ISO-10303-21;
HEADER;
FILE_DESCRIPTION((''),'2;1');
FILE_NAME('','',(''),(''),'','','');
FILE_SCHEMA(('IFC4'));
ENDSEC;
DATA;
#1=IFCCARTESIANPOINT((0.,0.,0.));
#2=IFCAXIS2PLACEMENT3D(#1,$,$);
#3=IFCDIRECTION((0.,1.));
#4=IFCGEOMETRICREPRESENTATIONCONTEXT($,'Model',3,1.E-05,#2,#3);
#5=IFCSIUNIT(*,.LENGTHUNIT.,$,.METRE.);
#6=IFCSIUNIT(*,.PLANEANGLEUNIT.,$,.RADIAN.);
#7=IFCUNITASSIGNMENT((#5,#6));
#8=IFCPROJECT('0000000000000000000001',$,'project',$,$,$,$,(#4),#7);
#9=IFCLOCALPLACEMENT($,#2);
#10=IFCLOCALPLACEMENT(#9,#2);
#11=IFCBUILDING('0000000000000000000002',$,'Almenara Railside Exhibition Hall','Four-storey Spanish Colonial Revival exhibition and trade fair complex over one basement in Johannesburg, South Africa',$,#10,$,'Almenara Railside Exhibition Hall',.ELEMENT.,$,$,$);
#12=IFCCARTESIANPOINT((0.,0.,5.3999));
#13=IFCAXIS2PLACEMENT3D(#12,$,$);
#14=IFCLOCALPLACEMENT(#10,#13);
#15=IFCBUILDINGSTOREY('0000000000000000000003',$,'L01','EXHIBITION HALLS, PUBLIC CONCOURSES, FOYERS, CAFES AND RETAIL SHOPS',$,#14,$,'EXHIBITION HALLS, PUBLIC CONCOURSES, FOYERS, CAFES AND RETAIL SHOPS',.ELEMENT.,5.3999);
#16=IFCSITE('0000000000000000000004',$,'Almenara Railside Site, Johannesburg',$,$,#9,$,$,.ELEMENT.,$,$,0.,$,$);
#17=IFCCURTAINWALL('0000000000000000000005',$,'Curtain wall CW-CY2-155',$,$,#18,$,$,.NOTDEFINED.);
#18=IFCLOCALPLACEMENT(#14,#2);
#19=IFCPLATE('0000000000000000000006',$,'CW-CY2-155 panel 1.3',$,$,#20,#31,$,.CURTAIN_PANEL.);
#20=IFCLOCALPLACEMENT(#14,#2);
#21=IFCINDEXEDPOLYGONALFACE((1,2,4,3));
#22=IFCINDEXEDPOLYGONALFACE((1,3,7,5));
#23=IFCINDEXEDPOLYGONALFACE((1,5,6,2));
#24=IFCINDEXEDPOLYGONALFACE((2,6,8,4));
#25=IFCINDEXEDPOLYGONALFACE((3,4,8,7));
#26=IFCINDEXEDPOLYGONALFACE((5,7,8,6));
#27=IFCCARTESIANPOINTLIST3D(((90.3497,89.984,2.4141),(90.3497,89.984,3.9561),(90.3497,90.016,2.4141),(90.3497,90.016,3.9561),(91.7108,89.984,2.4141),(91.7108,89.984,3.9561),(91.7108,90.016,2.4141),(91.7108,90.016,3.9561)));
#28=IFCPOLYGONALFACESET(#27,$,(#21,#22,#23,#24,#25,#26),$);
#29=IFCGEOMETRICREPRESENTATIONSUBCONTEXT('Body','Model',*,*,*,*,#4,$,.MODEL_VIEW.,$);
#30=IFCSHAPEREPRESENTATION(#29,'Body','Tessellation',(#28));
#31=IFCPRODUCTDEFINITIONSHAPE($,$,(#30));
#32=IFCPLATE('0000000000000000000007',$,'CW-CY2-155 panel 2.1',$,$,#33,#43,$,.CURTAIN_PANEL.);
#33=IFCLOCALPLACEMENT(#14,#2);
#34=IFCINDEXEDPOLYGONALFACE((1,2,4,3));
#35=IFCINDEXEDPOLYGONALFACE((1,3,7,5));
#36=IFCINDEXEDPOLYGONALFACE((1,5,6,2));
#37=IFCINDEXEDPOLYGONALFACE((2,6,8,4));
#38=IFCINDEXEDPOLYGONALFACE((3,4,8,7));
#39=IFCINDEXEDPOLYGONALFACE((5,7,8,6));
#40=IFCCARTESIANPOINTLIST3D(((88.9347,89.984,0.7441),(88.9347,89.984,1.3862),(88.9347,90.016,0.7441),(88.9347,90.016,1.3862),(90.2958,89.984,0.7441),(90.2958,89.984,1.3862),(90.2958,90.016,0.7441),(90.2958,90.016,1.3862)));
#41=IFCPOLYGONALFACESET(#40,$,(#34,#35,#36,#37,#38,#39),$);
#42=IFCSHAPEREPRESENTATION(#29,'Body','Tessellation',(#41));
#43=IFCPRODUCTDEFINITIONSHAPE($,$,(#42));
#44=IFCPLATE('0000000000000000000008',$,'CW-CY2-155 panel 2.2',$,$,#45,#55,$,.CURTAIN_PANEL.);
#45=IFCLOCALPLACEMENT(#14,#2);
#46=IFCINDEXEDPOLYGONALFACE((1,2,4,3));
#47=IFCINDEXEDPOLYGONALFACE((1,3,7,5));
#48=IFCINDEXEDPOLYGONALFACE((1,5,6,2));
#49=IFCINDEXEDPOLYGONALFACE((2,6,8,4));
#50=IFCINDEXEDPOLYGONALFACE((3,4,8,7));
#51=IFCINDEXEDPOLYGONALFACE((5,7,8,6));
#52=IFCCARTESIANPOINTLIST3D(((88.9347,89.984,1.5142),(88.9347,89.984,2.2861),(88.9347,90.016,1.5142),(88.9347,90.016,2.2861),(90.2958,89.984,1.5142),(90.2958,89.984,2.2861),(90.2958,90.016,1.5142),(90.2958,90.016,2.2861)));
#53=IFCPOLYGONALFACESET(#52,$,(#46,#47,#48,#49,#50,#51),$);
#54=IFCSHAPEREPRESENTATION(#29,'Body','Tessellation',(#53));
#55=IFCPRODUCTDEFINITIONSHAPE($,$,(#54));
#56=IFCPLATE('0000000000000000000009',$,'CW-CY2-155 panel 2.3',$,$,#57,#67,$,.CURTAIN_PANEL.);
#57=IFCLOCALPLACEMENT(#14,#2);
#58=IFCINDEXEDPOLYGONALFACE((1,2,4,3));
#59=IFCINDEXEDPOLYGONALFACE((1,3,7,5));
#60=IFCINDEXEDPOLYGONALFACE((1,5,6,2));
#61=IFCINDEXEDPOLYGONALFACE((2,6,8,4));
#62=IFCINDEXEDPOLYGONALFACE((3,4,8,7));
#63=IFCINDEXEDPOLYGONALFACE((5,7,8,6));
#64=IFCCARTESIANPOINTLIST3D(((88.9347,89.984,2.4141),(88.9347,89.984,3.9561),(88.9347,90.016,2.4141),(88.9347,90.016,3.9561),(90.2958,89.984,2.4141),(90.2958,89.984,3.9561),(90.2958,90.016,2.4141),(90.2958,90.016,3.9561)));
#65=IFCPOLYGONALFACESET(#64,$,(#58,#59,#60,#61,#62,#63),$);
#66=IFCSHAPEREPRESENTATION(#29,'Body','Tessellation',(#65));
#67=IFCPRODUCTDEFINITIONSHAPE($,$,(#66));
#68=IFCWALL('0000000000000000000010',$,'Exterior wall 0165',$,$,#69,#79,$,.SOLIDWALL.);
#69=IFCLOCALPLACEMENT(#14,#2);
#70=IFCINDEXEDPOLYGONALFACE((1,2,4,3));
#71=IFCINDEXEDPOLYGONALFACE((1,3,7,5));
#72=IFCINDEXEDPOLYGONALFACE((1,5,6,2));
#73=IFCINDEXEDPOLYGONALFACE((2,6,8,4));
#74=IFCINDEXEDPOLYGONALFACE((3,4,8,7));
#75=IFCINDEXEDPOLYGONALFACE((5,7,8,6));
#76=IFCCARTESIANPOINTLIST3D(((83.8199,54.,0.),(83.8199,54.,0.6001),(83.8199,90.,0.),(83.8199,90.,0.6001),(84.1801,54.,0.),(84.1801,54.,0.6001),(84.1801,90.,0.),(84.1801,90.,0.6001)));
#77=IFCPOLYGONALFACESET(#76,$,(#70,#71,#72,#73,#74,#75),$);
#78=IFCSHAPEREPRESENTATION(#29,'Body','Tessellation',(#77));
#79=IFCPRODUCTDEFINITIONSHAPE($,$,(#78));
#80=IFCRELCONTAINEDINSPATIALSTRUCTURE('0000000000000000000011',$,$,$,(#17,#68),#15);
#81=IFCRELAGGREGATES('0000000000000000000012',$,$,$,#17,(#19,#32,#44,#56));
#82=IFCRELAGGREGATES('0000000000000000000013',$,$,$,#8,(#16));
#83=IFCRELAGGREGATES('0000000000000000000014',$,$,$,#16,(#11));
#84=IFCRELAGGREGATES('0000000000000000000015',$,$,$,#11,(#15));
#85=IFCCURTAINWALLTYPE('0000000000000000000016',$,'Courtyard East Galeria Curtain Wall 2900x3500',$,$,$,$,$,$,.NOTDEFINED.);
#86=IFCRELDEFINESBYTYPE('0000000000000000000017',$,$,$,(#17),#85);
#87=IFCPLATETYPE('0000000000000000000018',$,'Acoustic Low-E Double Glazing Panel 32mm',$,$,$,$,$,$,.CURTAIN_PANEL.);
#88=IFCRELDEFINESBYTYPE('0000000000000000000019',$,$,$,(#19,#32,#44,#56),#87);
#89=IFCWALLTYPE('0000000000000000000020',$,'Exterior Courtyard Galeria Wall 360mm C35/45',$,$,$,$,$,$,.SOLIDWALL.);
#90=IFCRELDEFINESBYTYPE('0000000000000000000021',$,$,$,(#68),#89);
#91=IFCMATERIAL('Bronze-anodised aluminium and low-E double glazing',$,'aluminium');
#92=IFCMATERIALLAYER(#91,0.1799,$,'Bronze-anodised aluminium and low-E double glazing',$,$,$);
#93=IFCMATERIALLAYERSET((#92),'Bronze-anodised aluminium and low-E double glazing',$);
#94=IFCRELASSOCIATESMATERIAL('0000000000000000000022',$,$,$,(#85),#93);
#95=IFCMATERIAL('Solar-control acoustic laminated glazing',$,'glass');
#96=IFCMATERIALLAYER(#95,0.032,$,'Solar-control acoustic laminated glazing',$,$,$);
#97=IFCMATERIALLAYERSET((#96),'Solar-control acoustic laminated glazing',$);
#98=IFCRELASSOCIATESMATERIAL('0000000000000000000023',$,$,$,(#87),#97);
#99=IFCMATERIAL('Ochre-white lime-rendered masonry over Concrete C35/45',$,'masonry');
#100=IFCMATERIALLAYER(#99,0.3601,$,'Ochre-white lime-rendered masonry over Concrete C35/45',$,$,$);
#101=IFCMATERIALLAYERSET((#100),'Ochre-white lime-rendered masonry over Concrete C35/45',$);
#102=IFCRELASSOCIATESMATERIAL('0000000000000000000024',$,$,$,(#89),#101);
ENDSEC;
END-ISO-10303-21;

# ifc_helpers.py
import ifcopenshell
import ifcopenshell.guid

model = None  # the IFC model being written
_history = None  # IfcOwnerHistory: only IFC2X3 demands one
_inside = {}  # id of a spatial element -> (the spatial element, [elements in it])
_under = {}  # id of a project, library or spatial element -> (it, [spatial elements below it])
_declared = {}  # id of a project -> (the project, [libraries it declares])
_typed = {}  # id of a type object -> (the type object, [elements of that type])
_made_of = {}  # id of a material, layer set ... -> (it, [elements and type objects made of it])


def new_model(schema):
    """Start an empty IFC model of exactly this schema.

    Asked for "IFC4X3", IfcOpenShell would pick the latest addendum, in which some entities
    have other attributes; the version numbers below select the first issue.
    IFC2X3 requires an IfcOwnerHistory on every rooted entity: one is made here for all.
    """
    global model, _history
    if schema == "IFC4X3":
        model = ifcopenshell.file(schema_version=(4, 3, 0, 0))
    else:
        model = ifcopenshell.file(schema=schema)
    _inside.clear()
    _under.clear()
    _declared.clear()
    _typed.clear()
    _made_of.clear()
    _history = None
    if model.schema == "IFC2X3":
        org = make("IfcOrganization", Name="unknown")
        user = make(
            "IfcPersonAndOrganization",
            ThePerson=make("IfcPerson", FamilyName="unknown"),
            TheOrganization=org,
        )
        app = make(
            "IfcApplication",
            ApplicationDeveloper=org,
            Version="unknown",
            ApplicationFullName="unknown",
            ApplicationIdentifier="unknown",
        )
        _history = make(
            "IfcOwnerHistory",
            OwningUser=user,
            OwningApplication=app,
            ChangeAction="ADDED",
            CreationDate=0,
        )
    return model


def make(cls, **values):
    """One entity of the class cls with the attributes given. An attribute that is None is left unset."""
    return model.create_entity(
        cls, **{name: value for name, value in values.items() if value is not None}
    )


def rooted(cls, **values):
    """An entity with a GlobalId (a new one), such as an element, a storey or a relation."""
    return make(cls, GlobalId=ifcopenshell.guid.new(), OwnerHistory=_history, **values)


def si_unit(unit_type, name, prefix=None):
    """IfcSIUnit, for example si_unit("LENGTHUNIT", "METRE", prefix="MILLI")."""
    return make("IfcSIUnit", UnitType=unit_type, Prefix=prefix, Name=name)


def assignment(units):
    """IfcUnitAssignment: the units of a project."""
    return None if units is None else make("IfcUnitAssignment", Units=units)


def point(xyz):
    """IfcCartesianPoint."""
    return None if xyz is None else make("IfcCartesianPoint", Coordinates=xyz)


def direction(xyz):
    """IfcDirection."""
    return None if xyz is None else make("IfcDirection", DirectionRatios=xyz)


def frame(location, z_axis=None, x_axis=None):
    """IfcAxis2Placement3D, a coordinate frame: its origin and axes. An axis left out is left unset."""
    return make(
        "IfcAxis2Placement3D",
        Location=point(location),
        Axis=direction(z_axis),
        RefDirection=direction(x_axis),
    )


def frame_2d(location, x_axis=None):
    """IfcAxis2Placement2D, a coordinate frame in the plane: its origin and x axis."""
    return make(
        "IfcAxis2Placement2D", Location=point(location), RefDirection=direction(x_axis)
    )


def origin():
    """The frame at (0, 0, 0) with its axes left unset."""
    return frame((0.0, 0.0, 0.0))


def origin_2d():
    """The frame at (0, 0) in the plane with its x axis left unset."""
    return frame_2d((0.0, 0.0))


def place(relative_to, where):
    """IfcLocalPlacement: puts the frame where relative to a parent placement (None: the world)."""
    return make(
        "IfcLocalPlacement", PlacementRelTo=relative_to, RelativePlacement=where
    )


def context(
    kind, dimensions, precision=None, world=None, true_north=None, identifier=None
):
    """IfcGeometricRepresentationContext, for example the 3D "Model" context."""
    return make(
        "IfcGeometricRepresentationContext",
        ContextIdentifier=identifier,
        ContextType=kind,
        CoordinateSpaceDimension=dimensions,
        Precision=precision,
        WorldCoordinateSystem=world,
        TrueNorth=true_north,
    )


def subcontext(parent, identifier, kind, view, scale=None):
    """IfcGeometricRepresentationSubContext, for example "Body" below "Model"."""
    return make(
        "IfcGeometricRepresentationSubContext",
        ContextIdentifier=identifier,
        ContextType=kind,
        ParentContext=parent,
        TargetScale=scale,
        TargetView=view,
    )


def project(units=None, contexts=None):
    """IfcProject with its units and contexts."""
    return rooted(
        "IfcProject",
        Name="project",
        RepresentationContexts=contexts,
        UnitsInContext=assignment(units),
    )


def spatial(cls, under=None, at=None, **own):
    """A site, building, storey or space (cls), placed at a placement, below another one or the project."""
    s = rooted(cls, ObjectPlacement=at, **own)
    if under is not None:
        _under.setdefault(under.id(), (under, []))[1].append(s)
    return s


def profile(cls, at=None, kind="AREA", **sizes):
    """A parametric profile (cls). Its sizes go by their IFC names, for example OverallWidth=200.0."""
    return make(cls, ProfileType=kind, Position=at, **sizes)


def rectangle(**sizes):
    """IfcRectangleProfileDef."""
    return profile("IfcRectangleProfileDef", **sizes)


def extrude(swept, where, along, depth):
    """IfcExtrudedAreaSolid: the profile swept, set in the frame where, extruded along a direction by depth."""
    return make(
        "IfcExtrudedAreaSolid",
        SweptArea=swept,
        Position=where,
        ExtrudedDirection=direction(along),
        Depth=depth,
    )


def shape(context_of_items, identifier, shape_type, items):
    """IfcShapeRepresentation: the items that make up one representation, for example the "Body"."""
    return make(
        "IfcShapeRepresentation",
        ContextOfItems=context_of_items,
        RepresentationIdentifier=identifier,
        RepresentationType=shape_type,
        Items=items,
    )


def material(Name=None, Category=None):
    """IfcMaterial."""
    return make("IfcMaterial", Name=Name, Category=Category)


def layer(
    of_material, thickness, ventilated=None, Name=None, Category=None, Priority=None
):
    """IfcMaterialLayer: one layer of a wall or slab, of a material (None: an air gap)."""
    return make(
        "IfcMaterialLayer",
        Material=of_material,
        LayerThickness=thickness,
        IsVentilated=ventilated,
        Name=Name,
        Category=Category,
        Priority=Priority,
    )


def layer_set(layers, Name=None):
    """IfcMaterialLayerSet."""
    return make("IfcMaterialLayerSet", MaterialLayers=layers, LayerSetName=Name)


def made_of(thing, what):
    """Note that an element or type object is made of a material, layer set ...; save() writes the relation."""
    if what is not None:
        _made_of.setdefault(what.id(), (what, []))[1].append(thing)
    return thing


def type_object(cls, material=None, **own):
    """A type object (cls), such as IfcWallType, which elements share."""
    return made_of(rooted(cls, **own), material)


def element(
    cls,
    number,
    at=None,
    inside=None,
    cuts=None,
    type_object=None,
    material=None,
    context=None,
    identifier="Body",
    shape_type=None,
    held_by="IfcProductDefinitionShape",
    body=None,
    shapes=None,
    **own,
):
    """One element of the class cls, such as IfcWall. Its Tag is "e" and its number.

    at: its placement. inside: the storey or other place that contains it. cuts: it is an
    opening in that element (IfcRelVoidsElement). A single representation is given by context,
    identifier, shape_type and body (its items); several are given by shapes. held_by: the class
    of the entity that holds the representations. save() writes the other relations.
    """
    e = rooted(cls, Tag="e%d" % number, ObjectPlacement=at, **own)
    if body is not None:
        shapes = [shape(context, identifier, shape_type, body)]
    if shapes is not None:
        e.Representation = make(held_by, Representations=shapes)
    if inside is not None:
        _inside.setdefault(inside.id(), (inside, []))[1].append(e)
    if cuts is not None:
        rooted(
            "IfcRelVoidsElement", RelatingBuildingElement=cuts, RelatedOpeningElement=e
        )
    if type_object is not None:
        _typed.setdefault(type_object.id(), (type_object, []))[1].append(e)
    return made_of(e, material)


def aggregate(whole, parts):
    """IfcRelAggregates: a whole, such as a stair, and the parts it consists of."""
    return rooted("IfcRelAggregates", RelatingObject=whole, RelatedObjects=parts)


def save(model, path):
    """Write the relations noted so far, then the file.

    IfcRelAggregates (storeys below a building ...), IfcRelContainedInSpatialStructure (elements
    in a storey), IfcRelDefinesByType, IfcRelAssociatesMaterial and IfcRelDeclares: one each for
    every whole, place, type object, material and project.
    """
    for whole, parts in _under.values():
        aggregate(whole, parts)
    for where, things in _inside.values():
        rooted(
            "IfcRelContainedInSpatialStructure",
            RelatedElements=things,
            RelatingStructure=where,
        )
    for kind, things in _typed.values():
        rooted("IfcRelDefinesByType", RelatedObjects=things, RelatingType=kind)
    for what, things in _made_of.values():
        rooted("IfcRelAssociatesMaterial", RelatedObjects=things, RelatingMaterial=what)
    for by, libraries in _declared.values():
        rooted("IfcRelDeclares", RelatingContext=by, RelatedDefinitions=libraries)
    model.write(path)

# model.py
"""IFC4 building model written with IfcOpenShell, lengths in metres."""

from ifc_helpers import new_model, si_unit, direction, frame, frame_2d, origin, origin_2d, place, context, subcontext, project, spatial, rectangle, extrude, material, layer, layer_set, type_object, element, aggregate, save


model = new_model("IFC4")

# Units and contexts
model_context = context("Model", 3, precision=1e-05, world=origin(), true_north=direction((0.0, 1.0)))
body_context = subcontext(model_context, "Body", "Model", "MODEL_VIEW")
ifc_project = project(units=[si_unit("LENGTHUNIT", "METRE"), si_unit("PLANEANGLEUNIT", "RADIAN")], contexts=[model_context])

# Site, building, storey
site_placement = place(None, origin())
site = spatial("IfcSite", under=ifc_project, at=site_placement, Name="Almenara Railside Site, Johannesburg", CompositionType="ELEMENT", RefElevation=0.0)
building_placement = place(site_placement, origin())
building = spatial("IfcBuilding", under=site, at=building_placement, Name="Almenara Railside Exhibition Hall", Description="Four-storey Spanish Colonial Revival exhibition and trade fair complex over one basement in Johannesburg, South Africa", LongName="Almenara Railside Exhibition Hall", CompositionType="ELEMENT")
storey_placement = place(building_placement, frame((0.0, 0.0, 5.3999)))
storey = spatial("IfcBuildingStorey", under=building, at=storey_placement, Name="L01", Description="EXHIBITION HALLS, PUBLIC CONCOURSES, FOYERS, CAFES AND RETAIL SHOPS", LongName="EXHIBITION HALLS, PUBLIC CONCOURSES, FOYERS, CAFES AND RETAIL SHOPS", CompositionType="ELEMENT", Elevation=5.3999)

# Shared definitions
ifc_material_1 = material(Name="Bronze-anodised aluminium and low-E double glazing", Category="aluminium")

# Curtain wall
ifc_layer_1 = layer(ifc_material_1, 0.1799, Name="Bronze-anodised aluminium and low-E double glazing")
ifc_layer_set_1 = layer_set([ifc_layer_1], Name="Bronze-anodised aluminium and low-E double glazing")
curtain_wall_type_1 = type_object("IfcCurtainWallType", Name="Courtyard East Galeria Curtain Wall 2900x3500", PredefinedType="NOTDEFINED", material=ifc_layer_set_1)
curtain_wall_1_placement = place(storey_placement, origin())
curtain_wall_1 = element("IfcCurtainWall", 1, at=curtain_wall_1_placement, inside=storey, type_object=curtain_wall_type_1, Name="Curtain wall CW-CY2-155", PredefinedType="NOTDEFINED")

# Plates
ifc_material_2 = material(Name="Solar-control acoustic laminated glazing", Category="glass")
ifc_layer_2 = layer(ifc_material_2, 0.032, Name="Solar-control acoustic laminated glazing")
ifc_layer_set_2 = layer_set([ifc_layer_2], Name="Solar-control acoustic laminated glazing")
plate_type = type_object("IfcPlateType", Name="Acoustic Low-E Double Glazing Panel 32mm", PredefinedType="CURTAIN_PANEL", material=ifc_layer_set_2)
plate_1_placement = place(storey_placement, frame((91.0303, 90.0, 2.4141), z_axis=(0.0, 0.0, 1.0), x_axis=(-1.0, 0.0, 0.0)))
plate_1 = element("IfcPlate", 2, at=plate_1_placement, type_object=plate_type, Name="CW-CY2-155 panel 1.3", PredefinedType="CURTAIN_PANEL", context=body_context, shape_type="SweptSolid", body=[
    extrude(rectangle(XDim=1.3611, YDim=0.032, at=origin_2d()), origin(), (0.0, 0.0, 1.0), 1.542),
])
plate_2_placement = place(storey_placement, frame((89.6152, 90.0, 0.7441), z_axis=(0.0, 0.0, 1.0), x_axis=(-1.0, 0.0, 0.0)))
plate_2 = element("IfcPlate", 3, at=plate_2_placement, type_object=plate_type, Name="CW-CY2-155 panel 2.1", PredefinedType="CURTAIN_PANEL", context=body_context, shape_type="SweptSolid", body=[
    extrude(rectangle(XDim=1.3611, YDim=0.032, at=origin_2d()), origin(), (0.0, 0.0, 1.0), 0.6421),
])
plate_3_placement = place(storey_placement, frame((89.6152, 90.0, 1.5142), z_axis=(0.0, 0.0, 1.0), x_axis=(-1.0, 0.0, 0.0)))
plate_3 = element("IfcPlate", 4, at=plate_3_placement, type_object=plate_type, Name="CW-CY2-155 panel 2.2", PredefinedType="CURTAIN_PANEL", context=body_context, shape_type="SweptSolid", body=[
    extrude(rectangle(XDim=1.3611, YDim=0.032, at=origin_2d()), origin(), (0.0, 0.0, 1.0), 0.772),
])
plate_4_placement = place(storey_placement, frame((89.6152, 90.0, 2.4141), z_axis=(0.0, 0.0, 1.0), x_axis=(-1.0, 0.0, 0.0)))
plate_4 = element("IfcPlate", 5, at=plate_4_placement, type_object=plate_type, Name="CW-CY2-155 panel 2.3", PredefinedType="CURTAIN_PANEL", context=body_context, shape_type="SweptSolid", body=[
    extrude(rectangle(XDim=1.3611, YDim=0.032, at=origin_2d()), origin(), (0.0, 0.0, 1.0), 1.542),
])
aggregate(curtain_wall_1, [plate_1, plate_2, plate_3, plate_4])

# Wall
ifc_material_3 = material(Name="Ochre-white lime-rendered masonry over Concrete C35/45", Category="masonry")
ifc_layer_3 = layer(ifc_material_3, 0.3601, Name="Ochre-white lime-rendered masonry over Concrete C35/45")
ifc_layer_set_3 = layer_set([ifc_layer_3], Name="Ochre-white lime-rendered masonry over Concrete C35/45")
wall_type = type_object("IfcWallType", Name="Exterior Courtyard Galeria Wall 360mm C35/45", PredefinedType="SOLIDWALL", material=ifc_layer_set_3)
wall_placement = place(storey_placement, frame((84.0, 90.0, 0.0), z_axis=(0.0, 0.0, 1.0), x_axis=(0.0, -1.0, 0.0)))
element("IfcWall", 6, at=wall_placement, inside=storey, type_object=wall_type, Name="Exterior wall 0165", PredefinedType="SOLIDWALL", context=body_context, shape_type="SweptSolid", body=[
    extrude(rectangle(XDim=36.0, YDim=0.3601, at=frame_2d((18.0, 0.0))), origin(), (0.0, 0.0, 1.0), 0.6001),
])

save(model, "model.ifc")
